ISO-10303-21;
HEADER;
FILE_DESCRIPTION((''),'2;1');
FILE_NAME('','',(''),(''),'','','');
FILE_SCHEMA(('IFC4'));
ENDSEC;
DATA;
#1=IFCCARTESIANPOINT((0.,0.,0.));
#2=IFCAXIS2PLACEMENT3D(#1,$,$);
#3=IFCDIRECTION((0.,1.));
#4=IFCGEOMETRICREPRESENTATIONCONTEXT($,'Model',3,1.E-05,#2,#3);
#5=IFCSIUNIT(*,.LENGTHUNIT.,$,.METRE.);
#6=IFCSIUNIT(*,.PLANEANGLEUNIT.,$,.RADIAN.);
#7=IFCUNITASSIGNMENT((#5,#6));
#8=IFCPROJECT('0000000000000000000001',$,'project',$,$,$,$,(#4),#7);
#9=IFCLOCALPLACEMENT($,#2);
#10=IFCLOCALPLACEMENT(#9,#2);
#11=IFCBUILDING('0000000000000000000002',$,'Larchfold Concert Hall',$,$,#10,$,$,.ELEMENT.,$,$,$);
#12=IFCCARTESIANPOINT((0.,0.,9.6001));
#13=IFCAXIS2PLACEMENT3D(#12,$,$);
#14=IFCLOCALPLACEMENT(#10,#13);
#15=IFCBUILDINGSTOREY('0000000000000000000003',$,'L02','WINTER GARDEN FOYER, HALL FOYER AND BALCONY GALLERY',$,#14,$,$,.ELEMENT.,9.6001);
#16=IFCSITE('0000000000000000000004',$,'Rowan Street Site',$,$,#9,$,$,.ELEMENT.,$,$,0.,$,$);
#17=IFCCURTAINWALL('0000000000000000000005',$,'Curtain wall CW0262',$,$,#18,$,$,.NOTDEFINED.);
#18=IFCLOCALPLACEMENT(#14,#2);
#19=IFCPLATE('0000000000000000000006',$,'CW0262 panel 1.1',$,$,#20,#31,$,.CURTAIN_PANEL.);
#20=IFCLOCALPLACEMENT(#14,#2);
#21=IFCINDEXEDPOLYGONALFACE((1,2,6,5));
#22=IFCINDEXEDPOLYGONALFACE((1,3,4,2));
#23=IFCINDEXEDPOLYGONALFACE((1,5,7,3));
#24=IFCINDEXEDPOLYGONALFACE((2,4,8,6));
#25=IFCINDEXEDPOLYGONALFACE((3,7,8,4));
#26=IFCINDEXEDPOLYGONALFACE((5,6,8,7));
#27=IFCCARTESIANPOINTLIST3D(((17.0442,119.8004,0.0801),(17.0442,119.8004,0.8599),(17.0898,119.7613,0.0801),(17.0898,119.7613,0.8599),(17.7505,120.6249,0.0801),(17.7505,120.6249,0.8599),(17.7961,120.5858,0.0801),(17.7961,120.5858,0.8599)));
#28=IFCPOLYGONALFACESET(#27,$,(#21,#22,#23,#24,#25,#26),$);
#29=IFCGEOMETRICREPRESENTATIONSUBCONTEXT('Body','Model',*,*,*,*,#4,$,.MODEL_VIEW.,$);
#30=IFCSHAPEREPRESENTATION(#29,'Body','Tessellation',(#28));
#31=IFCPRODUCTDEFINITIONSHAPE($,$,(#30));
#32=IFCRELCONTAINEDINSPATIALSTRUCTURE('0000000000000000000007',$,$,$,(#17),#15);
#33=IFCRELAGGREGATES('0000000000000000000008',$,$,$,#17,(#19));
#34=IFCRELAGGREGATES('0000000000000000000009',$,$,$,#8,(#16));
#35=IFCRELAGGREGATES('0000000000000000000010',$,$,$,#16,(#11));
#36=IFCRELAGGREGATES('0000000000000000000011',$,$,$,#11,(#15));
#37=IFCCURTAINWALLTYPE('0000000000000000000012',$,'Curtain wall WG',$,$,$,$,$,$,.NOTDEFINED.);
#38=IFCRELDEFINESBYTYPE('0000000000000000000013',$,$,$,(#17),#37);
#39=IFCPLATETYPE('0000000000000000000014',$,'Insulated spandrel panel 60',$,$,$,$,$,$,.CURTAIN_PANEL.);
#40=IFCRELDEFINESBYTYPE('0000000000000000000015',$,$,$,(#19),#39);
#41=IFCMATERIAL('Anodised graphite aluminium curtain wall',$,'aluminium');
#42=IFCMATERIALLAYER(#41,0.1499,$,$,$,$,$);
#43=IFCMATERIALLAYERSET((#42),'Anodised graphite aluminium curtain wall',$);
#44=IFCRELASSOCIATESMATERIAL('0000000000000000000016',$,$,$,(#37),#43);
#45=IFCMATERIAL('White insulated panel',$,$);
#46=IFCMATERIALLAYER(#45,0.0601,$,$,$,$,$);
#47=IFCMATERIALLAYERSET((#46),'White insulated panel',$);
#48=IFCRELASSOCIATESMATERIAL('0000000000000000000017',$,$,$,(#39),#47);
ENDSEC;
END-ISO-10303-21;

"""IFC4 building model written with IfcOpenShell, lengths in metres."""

from ifc_helpers import new_model, si_unit, direction, frame, origin, origin_2d, place, context, subcontext, project, spatial, rectangle, extrude, material, layer, layer_set, type_object, element, aggregate, save


model = new_model("IFC4")

# Units and contexts
model_context = context("Model", 3, precision=1e-05, world=origin(), true_north=direction((0.0, 1.0)))
body_context = subcontext(model_context, "Body", "Model", "MODEL_VIEW")
ifc_project = project(units=[si_unit("LENGTHUNIT", "METRE"), si_unit("PLANEANGLEUNIT", "RADIAN")], contexts=[model_context])

# Site, building, storey
site_placement = place(None, origin())
site = spatial("IfcSite", under=ifc_project, at=site_placement, Name="Rowan Street Site", CompositionType="ELEMENT", RefElevation=0.0)
building_placement = place(site_placement, origin())
building = spatial("IfcBuilding", under=site, at=building_placement, Name="Larchfold Concert Hall", CompositionType="ELEMENT")
storey_placement = place(building_placement, frame((0.0, 0.0, 9.6001)))
storey = spatial("IfcBuildingStorey", under=building, at=storey_placement, Name="L02", Description="WINTER GARDEN FOYER, HALL FOYER AND BALCONY GALLERY", CompositionType="ELEMENT", Elevation=9.6001)

# Curtain wall
ifc_material_1 = material(Name="Anodised graphite aluminium curtain wall", Category="aluminium")
ifc_layer_1 = layer(ifc_material_1, 0.1499)
ifc_layer_set_1 = layer_set([ifc_layer_1], Name="Anodised graphite aluminium curtain wall")
curtain_wall_type = type_object("IfcCurtainWallType", Name="Curtain wall WG", PredefinedType="NOTDEFINED", material=ifc_layer_set_1)
curtain_wall_1_placement = place(storey_placement, origin())
curtain_wall_1 = element("IfcCurtainWall", 1, at=curtain_wall_1_placement, inside=storey, type_object=curtain_wall_type, Name="Curtain wall CW0262", PredefinedType="NOTDEFINED")

# Plate
ifc_material_2 = material(Name="White insulated panel")
ifc_layer_2 = layer(ifc_material_2, 0.0601)
ifc_layer_set_2 = layer_set([ifc_layer_2], Name="White insulated panel")
plate_type_1 = type_object("IfcPlateType", Name="Insulated spandrel panel 60", PredefinedType="CURTAIN_PANEL", material=ifc_layer_set_2)
plate_1_placement = place(storey_placement, frame((17.4202, 120.1931, 0.0801), z_axis=(0.0, 0.0, 1.0), x_axis=(-0.650563, -0.759452, 0.0)))
plate_1 = element("IfcPlate", 2, at=plate_1_placement, type_object=plate_type_1, Name="CW0262 panel 1.1", PredefinedType="CURTAIN_PANEL", context=body_context, shape_type="SweptSolid", body=[
    extrude(rectangle(XDim=1.0857, YDim=0.0601, at=origin_2d()), origin(), (0.0, 0.0, 1.0), 0.7798),
])
aggregate(curtain_wall_1, [plate_1])

save(model, "model.ifc")
